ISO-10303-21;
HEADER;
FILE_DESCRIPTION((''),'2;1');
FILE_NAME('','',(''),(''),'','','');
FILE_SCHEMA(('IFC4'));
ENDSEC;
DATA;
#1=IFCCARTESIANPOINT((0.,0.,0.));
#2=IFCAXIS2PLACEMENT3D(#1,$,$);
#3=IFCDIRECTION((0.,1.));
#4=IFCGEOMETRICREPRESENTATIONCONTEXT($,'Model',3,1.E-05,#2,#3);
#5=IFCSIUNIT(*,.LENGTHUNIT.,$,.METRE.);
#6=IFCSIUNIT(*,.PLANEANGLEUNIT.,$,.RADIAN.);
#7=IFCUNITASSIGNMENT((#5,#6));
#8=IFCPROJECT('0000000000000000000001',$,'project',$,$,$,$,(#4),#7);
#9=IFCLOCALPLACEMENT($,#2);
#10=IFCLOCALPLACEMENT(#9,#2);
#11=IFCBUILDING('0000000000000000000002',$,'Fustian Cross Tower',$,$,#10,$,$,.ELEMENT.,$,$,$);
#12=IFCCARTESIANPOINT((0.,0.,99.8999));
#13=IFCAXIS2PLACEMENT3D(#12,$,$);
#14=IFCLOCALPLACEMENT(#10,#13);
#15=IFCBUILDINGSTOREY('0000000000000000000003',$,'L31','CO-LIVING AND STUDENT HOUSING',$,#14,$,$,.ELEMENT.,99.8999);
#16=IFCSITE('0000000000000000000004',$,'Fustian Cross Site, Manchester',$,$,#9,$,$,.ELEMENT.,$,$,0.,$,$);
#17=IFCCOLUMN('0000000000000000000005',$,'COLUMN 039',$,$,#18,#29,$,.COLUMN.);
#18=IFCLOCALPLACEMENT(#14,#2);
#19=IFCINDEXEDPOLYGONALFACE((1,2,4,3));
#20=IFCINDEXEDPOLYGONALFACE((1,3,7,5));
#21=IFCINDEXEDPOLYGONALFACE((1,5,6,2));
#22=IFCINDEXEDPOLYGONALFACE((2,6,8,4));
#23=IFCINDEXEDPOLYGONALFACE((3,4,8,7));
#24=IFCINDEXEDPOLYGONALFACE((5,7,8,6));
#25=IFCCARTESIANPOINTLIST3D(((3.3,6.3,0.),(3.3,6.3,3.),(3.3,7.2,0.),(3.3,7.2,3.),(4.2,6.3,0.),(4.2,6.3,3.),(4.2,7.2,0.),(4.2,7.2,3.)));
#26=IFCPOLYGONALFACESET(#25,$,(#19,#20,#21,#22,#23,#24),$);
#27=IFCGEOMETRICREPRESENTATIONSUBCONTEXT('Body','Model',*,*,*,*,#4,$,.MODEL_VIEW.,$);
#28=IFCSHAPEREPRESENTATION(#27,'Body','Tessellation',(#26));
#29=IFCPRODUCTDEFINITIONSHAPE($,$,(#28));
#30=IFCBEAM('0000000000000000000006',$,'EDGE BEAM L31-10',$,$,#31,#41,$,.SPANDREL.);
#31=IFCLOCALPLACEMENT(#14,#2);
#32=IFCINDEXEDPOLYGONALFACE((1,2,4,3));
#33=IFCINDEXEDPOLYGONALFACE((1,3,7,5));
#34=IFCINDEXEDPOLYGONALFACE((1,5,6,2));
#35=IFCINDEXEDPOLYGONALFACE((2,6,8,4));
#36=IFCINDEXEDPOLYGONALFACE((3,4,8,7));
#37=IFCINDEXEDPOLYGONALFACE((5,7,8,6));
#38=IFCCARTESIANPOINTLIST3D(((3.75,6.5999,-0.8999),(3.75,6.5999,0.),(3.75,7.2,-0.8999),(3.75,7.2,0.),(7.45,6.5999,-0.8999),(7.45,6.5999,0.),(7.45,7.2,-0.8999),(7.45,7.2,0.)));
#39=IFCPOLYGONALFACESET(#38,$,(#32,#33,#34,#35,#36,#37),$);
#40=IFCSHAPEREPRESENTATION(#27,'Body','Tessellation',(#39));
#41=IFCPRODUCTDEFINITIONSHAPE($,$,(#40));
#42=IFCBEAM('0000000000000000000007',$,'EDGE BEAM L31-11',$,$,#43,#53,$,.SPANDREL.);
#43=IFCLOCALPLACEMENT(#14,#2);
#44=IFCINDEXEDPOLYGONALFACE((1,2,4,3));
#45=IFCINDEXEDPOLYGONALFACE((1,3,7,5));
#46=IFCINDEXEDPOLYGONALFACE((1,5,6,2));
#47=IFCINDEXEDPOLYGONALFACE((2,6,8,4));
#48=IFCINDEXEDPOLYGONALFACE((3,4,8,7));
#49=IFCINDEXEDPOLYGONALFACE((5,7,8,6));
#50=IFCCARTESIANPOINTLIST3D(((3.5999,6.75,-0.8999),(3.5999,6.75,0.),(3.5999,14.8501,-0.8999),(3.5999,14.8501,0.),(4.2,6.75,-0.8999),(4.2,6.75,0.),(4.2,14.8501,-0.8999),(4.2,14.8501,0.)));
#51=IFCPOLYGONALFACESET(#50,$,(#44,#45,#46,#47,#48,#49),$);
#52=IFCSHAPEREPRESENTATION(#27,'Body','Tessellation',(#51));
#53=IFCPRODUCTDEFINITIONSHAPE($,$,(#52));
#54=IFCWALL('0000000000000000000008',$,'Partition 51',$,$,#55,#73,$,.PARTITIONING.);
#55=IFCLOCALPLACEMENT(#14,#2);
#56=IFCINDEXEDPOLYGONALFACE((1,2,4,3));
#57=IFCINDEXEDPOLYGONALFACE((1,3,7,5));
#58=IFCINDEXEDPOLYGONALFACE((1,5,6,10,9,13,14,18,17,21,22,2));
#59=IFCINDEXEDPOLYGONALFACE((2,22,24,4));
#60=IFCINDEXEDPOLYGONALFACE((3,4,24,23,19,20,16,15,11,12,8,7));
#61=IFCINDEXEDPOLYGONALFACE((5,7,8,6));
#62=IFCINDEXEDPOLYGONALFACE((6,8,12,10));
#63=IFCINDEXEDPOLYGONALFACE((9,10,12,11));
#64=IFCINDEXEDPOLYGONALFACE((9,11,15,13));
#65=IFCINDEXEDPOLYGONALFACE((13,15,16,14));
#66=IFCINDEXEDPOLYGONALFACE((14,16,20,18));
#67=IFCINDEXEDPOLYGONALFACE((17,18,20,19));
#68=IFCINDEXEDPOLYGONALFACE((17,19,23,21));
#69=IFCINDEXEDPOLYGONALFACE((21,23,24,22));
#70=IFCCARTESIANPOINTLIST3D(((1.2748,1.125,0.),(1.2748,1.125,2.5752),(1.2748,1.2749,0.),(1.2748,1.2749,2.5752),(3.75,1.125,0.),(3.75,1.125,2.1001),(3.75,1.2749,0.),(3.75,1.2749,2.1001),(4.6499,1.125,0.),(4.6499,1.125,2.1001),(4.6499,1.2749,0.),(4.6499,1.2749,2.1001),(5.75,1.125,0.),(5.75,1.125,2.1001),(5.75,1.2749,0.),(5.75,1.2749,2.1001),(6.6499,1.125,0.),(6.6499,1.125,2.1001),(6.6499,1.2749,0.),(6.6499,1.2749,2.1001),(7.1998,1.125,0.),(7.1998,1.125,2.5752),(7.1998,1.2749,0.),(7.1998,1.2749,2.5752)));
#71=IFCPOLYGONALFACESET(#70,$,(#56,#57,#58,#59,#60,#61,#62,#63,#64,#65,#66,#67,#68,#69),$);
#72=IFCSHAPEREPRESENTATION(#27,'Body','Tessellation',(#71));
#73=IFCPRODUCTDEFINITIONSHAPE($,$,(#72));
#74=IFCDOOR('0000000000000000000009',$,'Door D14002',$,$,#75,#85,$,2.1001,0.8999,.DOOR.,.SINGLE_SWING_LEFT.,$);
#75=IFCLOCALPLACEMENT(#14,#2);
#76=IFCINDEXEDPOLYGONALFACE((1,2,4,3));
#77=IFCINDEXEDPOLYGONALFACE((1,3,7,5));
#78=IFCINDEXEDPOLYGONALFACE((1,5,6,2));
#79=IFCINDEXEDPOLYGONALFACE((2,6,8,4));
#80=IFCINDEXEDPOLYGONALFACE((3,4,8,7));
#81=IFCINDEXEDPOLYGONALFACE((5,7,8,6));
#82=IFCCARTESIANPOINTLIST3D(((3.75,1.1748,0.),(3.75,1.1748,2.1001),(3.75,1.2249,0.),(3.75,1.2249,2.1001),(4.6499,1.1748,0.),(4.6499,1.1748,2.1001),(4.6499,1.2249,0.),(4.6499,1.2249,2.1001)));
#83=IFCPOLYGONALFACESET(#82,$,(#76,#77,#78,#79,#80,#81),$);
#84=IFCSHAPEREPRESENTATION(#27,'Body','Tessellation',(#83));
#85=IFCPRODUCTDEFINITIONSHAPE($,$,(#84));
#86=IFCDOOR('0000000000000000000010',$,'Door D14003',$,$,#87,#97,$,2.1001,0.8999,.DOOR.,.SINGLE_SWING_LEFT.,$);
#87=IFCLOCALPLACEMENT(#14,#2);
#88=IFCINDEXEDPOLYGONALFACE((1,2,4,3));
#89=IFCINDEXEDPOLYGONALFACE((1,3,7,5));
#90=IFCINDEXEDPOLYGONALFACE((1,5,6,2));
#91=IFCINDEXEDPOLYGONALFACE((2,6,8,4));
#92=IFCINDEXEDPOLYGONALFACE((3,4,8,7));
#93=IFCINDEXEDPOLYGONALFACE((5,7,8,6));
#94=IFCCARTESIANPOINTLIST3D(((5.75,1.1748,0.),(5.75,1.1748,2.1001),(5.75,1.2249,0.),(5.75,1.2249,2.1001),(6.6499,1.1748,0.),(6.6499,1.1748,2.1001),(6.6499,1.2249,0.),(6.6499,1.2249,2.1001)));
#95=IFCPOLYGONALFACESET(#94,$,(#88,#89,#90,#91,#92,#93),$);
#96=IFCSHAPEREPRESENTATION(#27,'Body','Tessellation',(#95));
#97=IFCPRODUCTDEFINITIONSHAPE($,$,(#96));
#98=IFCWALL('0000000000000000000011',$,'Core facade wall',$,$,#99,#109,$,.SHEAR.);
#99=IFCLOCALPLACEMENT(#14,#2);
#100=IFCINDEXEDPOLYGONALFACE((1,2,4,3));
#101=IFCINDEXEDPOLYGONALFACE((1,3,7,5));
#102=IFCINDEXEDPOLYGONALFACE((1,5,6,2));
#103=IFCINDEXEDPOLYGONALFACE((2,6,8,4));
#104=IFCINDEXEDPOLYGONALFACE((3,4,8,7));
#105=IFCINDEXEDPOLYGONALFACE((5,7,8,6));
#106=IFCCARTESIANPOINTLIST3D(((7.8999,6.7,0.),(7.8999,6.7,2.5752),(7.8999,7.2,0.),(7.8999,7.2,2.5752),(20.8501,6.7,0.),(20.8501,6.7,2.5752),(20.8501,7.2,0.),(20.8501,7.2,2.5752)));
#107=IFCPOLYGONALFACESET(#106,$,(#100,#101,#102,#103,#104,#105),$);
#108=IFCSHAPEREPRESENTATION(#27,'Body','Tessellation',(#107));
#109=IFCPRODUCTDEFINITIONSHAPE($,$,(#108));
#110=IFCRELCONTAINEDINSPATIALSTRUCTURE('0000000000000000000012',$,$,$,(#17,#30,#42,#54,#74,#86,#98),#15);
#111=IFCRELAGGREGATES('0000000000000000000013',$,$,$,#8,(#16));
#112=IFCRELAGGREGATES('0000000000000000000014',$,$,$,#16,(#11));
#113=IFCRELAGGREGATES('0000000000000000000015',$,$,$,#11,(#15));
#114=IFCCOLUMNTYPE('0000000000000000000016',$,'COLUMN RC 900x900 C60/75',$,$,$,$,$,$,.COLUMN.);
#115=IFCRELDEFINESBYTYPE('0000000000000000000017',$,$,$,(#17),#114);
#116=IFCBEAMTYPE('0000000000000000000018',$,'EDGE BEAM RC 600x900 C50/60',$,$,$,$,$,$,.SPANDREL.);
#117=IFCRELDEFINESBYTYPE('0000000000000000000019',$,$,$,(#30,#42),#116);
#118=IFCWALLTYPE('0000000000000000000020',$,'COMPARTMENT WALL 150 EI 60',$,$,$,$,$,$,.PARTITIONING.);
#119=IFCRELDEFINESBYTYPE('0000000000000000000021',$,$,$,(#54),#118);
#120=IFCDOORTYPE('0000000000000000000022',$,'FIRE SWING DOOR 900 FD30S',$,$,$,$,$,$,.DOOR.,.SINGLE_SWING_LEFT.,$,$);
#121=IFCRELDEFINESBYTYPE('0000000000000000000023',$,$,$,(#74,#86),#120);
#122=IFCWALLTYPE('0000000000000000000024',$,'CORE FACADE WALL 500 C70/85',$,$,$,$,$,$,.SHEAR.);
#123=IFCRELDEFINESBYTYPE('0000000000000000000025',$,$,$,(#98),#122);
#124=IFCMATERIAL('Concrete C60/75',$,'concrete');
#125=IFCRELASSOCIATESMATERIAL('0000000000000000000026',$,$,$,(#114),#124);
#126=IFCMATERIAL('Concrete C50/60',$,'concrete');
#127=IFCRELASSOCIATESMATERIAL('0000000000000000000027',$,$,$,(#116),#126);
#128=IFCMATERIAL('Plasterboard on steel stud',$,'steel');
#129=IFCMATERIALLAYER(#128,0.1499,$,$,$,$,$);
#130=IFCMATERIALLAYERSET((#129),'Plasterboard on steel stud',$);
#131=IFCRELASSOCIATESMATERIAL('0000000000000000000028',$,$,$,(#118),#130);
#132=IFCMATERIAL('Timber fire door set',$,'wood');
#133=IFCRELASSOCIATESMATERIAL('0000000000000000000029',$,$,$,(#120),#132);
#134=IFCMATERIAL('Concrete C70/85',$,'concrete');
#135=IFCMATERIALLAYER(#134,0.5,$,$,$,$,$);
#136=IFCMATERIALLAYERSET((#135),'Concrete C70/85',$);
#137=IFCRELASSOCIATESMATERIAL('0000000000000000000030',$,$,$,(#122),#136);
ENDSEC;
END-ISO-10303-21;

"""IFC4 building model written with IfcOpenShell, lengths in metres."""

from ifc_helpers import new_model, si_unit, direction, frame, frame_2d, origin, origin_2d, place, context, subcontext, project, spatial, rectangle, extrude, material, layer, layer_set, material_profile, profile_set, type_object, element, fill, save


model = new_model("IFC4")

# Units and contexts
model_context = context("Model", 3, precision=1e-05, world=origin(), true_north=direction((0.0, 1.0)))
body_context = subcontext(model_context, "Body", "Model", "MODEL_VIEW")
ifc_project = project(units=[si_unit("LENGTHUNIT", "METRE"), si_unit("PLANEANGLEUNIT", "RADIAN")], contexts=[model_context])

# Site, building, storey
site_placement = place(None, origin())
site = spatial("IfcSite", under=ifc_project, at=site_placement, Name="Fustian Cross Site, Manchester", CompositionType="ELEMENT", RefElevation=0.0)
building_placement = place(site_placement, origin())
building = spatial("IfcBuilding", under=site, at=building_placement, Name="Fustian Cross Tower", CompositionType="ELEMENT")
storey_placement = place(building_placement, frame((0.0, 0.0, 99.8999)))
storey = spatial("IfcBuildingStorey", under=building, at=storey_placement, Name="L31", Description="CO-LIVING AND STUDENT HOUSING", CompositionType="ELEMENT", Elevation=99.8999)

# Column
ifc_material_1 = material(Name="Concrete C60/75", Category="concrete")
ifc_material_profile_1 = material_profile(ifc_material_1, rectangle(XDim=0.8999, YDim=0.8999, at=origin_2d()), Name="RC 900x900")
ifc_profile_set_1 = profile_set([ifc_material_profile_1], Name="Concrete C60/75")
column_type = type_object("IfcColumnType", Name="COLUMN RC 900x900 C60/75", PredefinedType="COLUMN", material=ifc_profile_set_1)
column_placement = place(storey_placement, frame((3.75, 6.75, 0.0), z_axis=(0.0, 0.0, 1.0), x_axis=(1.0, 0.0, 0.0)))
element("IfcColumn", 1, at=column_placement, inside=storey, type_object=column_type, Name="COLUMN 039", PredefinedType="COLUMN", context=body_context, shape_type="SweptSolid", body=[
    extrude(rectangle(XDim=0.8999, YDim=0.8999, at=origin_2d()), origin(), (0.0, 0.0, 1.0), 3.0),
])

# Beams
ifc_material_2 = material(Name="Concrete C50/60", Category="concrete")
ifc_material_profile_2 = material_profile(ifc_material_2, rectangle(XDim=0.6001, YDim=0.8999, at=origin_2d()), Name="RC 600x900")
ifc_profile_set_2 = profile_set([ifc_material_profile_2], Name="Concrete C50/60")
beam_type = type_object("IfcBeamType", Name="EDGE BEAM RC 600x900 C50/60", PredefinedType="SPANDREL", material=ifc_profile_set_2)
beam_1_placement = place(storey_placement, frame((7.45, 6.8999, -0.45), z_axis=(-1.0, 0.0, 0.0), x_axis=(0.0, -1.0, 0.0)))
element("IfcBeam", 2, at=beam_1_placement, inside=storey, type_object=beam_type, Name="EDGE BEAM L31-10", PredefinedType="SPANDREL", context=body_context, shape_type="SweptSolid", body=[
    extrude(rectangle(XDim=0.6001, YDim=0.8999, at=origin_2d()), origin(), (0.0, 0.0, 1.0), 3.7),
])
beam_2_placement = place(storey_placement, frame((3.8999, 6.75, -0.45), z_axis=(0.0, 1.0, 0.0), x_axis=(-1.0, 0.0, 0.0)))
element("IfcBeam", 3, at=beam_2_placement, inside=storey, type_object=beam_type, Name="EDGE BEAM L31-11", PredefinedType="SPANDREL", context=body_context, shape_type="SweptSolid", body=[
    extrude(rectangle(XDim=0.6001, YDim=0.8999, at=origin_2d()), origin(), (0.0, 0.0, 1.0), 8.1001),
])

# Wall, openings, doors
ifc_material_3 = material(Name="Plasterboard on steel stud", Category="steel")
ifc_layer_1 = layer(ifc_material_3, 0.1499)
ifc_layer_set_1 = layer_set([ifc_layer_1], Name="Plasterboard on steel stud")
wall_type_1 = type_object("IfcWallType", Name="COMPARTMENT WALL 150 EI 60", PredefinedType="PARTITIONING", material=ifc_layer_set_1)
wall_1_placement = place(storey_placement, frame((1.2749, 1.2, 0.0), z_axis=(0.0, 0.0, 1.0), x_axis=(1.0, 0.0, 0.0)))
wall_1 = element("IfcWall", 4, at=wall_1_placement, inside=storey, type_object=wall_type_1, Name="Partition 51", PredefinedType="PARTITIONING", context=body_context, shape_type="SweptSolid", body=[
    extrude(rectangle(XDim=5.925, YDim=0.1499, at=frame_2d((2.9624, 0.0))), origin(), (0.0, 0.0, 1.0), 2.5752),
])
opening_1_placement = place(wall_1_placement, frame((2.4751, 0.0, 0.0)))
opening_1 = element("IfcOpeningElement", 5, at=opening_1_placement, cuts=wall_1, PredefinedType="OPENING", context=body_context, shape_type="SweptSolid", body=[
    extrude(rectangle(XDim=0.8999, YDim=2.1001, at=frame_2d((0.45, 1.05))), frame((0.0, 0.085, 0.0), z_axis=(0.0, -1.0, 0.0), x_axis=(1.0, 0.0, 0.0)), (0.0, 0.0, 1.0), 0.1699),
])
opening_2_placement = place(wall_1_placement, frame((4.4751, 0.0, 0.0)))
opening_2 = element("IfcOpeningElement", 6, at=opening_2_placement, cuts=wall_1, PredefinedType="OPENING", context=body_context, shape_type="SweptSolid", body=[
    extrude(rectangle(XDim=0.8999, YDim=2.1001, at=frame_2d((0.45, 1.05))), frame((0.0, 0.085, 0.0), z_axis=(0.0, -1.0, 0.0), x_axis=(1.0, 0.0, 0.0)), (0.0, 0.0, 1.0), 0.1699),
])
ifc_material_4 = material(Name="Timber fire door set", Category="wood")
door_type_1 = type_object("IfcDoorType", Name="FIRE SWING DOOR 900 FD30S", OperationType="SINGLE_SWING_LEFT", PredefinedType="DOOR", material=ifc_material_4)
door_1_placement = place(opening_1_placement, origin())
door_1 = element("IfcDoor", 7, at=door_1_placement, inside=storey, type_object=door_type_1, Name="Door D14002", OperationType="SINGLE_SWING_LEFT", OverallHeight=2.1001, OverallWidth=0.8999, PredefinedType="DOOR", context=body_context, shape_type="SweptSolid", body=[
    extrude(rectangle(XDim=0.8999, YDim=2.1001, at=frame_2d((0.45, 1.05))), frame((0.0, 0.0249, 0.0), z_axis=(0.0, -1.0, 0.0), x_axis=(1.0, 0.0, 0.0)), (0.0, 0.0, 1.0), 0.05),
])
fill(opening_1, door_1)
door_2_placement = place(opening_2_placement, origin())
door_2 = element("IfcDoor", 8, at=door_2_placement, inside=storey, type_object=door_type_1, Name="Door D14003", OperationType="SINGLE_SWING_LEFT", OverallHeight=2.1001, OverallWidth=0.8999, PredefinedType="DOOR", context=body_context, shape_type="SweptSolid", body=[
    extrude(rectangle(XDim=0.8999, YDim=2.1001, at=frame_2d((0.45, 1.05))), frame((0.0, 0.0249, 0.0), z_axis=(0.0, -1.0, 0.0), x_axis=(1.0, 0.0, 0.0)), (0.0, 0.0, 1.0), 0.05),
])
fill(opening_2, door_2)

# Wall
ifc_material_5 = material(Name="Concrete C70/85", Category="concrete")
ifc_layer_2 = layer(ifc_material_5, 0.5)
ifc_layer_set_2 = layer_set([ifc_layer_2], Name="Concrete C70/85")
wall_type_2 = type_object("IfcWallType", Name="CORE FACADE WALL 500 C70/85", PredefinedType="SHEAR", material=ifc_layer_set_2)
wall_2_placement = place(storey_placement, frame((7.8999, 6.95, 0.0), z_axis=(0.0, 0.0, 1.0), x_axis=(1.0, 0.0, 0.0)))
element("IfcWall", 9, at=wall_2_placement, inside=storey, type_object=wall_type_2, Name="Core facade wall", PredefinedType="SHEAR", context=body_context, shape_type="SweptSolid", body=[
    extrude(rectangle(XDim=12.9502, YDim=0.5, at=frame_2d((6.4751, 0.0))), origin(), (0.0, 0.0, 1.0), 2.5752),
])

save(model, "model.ifc")
